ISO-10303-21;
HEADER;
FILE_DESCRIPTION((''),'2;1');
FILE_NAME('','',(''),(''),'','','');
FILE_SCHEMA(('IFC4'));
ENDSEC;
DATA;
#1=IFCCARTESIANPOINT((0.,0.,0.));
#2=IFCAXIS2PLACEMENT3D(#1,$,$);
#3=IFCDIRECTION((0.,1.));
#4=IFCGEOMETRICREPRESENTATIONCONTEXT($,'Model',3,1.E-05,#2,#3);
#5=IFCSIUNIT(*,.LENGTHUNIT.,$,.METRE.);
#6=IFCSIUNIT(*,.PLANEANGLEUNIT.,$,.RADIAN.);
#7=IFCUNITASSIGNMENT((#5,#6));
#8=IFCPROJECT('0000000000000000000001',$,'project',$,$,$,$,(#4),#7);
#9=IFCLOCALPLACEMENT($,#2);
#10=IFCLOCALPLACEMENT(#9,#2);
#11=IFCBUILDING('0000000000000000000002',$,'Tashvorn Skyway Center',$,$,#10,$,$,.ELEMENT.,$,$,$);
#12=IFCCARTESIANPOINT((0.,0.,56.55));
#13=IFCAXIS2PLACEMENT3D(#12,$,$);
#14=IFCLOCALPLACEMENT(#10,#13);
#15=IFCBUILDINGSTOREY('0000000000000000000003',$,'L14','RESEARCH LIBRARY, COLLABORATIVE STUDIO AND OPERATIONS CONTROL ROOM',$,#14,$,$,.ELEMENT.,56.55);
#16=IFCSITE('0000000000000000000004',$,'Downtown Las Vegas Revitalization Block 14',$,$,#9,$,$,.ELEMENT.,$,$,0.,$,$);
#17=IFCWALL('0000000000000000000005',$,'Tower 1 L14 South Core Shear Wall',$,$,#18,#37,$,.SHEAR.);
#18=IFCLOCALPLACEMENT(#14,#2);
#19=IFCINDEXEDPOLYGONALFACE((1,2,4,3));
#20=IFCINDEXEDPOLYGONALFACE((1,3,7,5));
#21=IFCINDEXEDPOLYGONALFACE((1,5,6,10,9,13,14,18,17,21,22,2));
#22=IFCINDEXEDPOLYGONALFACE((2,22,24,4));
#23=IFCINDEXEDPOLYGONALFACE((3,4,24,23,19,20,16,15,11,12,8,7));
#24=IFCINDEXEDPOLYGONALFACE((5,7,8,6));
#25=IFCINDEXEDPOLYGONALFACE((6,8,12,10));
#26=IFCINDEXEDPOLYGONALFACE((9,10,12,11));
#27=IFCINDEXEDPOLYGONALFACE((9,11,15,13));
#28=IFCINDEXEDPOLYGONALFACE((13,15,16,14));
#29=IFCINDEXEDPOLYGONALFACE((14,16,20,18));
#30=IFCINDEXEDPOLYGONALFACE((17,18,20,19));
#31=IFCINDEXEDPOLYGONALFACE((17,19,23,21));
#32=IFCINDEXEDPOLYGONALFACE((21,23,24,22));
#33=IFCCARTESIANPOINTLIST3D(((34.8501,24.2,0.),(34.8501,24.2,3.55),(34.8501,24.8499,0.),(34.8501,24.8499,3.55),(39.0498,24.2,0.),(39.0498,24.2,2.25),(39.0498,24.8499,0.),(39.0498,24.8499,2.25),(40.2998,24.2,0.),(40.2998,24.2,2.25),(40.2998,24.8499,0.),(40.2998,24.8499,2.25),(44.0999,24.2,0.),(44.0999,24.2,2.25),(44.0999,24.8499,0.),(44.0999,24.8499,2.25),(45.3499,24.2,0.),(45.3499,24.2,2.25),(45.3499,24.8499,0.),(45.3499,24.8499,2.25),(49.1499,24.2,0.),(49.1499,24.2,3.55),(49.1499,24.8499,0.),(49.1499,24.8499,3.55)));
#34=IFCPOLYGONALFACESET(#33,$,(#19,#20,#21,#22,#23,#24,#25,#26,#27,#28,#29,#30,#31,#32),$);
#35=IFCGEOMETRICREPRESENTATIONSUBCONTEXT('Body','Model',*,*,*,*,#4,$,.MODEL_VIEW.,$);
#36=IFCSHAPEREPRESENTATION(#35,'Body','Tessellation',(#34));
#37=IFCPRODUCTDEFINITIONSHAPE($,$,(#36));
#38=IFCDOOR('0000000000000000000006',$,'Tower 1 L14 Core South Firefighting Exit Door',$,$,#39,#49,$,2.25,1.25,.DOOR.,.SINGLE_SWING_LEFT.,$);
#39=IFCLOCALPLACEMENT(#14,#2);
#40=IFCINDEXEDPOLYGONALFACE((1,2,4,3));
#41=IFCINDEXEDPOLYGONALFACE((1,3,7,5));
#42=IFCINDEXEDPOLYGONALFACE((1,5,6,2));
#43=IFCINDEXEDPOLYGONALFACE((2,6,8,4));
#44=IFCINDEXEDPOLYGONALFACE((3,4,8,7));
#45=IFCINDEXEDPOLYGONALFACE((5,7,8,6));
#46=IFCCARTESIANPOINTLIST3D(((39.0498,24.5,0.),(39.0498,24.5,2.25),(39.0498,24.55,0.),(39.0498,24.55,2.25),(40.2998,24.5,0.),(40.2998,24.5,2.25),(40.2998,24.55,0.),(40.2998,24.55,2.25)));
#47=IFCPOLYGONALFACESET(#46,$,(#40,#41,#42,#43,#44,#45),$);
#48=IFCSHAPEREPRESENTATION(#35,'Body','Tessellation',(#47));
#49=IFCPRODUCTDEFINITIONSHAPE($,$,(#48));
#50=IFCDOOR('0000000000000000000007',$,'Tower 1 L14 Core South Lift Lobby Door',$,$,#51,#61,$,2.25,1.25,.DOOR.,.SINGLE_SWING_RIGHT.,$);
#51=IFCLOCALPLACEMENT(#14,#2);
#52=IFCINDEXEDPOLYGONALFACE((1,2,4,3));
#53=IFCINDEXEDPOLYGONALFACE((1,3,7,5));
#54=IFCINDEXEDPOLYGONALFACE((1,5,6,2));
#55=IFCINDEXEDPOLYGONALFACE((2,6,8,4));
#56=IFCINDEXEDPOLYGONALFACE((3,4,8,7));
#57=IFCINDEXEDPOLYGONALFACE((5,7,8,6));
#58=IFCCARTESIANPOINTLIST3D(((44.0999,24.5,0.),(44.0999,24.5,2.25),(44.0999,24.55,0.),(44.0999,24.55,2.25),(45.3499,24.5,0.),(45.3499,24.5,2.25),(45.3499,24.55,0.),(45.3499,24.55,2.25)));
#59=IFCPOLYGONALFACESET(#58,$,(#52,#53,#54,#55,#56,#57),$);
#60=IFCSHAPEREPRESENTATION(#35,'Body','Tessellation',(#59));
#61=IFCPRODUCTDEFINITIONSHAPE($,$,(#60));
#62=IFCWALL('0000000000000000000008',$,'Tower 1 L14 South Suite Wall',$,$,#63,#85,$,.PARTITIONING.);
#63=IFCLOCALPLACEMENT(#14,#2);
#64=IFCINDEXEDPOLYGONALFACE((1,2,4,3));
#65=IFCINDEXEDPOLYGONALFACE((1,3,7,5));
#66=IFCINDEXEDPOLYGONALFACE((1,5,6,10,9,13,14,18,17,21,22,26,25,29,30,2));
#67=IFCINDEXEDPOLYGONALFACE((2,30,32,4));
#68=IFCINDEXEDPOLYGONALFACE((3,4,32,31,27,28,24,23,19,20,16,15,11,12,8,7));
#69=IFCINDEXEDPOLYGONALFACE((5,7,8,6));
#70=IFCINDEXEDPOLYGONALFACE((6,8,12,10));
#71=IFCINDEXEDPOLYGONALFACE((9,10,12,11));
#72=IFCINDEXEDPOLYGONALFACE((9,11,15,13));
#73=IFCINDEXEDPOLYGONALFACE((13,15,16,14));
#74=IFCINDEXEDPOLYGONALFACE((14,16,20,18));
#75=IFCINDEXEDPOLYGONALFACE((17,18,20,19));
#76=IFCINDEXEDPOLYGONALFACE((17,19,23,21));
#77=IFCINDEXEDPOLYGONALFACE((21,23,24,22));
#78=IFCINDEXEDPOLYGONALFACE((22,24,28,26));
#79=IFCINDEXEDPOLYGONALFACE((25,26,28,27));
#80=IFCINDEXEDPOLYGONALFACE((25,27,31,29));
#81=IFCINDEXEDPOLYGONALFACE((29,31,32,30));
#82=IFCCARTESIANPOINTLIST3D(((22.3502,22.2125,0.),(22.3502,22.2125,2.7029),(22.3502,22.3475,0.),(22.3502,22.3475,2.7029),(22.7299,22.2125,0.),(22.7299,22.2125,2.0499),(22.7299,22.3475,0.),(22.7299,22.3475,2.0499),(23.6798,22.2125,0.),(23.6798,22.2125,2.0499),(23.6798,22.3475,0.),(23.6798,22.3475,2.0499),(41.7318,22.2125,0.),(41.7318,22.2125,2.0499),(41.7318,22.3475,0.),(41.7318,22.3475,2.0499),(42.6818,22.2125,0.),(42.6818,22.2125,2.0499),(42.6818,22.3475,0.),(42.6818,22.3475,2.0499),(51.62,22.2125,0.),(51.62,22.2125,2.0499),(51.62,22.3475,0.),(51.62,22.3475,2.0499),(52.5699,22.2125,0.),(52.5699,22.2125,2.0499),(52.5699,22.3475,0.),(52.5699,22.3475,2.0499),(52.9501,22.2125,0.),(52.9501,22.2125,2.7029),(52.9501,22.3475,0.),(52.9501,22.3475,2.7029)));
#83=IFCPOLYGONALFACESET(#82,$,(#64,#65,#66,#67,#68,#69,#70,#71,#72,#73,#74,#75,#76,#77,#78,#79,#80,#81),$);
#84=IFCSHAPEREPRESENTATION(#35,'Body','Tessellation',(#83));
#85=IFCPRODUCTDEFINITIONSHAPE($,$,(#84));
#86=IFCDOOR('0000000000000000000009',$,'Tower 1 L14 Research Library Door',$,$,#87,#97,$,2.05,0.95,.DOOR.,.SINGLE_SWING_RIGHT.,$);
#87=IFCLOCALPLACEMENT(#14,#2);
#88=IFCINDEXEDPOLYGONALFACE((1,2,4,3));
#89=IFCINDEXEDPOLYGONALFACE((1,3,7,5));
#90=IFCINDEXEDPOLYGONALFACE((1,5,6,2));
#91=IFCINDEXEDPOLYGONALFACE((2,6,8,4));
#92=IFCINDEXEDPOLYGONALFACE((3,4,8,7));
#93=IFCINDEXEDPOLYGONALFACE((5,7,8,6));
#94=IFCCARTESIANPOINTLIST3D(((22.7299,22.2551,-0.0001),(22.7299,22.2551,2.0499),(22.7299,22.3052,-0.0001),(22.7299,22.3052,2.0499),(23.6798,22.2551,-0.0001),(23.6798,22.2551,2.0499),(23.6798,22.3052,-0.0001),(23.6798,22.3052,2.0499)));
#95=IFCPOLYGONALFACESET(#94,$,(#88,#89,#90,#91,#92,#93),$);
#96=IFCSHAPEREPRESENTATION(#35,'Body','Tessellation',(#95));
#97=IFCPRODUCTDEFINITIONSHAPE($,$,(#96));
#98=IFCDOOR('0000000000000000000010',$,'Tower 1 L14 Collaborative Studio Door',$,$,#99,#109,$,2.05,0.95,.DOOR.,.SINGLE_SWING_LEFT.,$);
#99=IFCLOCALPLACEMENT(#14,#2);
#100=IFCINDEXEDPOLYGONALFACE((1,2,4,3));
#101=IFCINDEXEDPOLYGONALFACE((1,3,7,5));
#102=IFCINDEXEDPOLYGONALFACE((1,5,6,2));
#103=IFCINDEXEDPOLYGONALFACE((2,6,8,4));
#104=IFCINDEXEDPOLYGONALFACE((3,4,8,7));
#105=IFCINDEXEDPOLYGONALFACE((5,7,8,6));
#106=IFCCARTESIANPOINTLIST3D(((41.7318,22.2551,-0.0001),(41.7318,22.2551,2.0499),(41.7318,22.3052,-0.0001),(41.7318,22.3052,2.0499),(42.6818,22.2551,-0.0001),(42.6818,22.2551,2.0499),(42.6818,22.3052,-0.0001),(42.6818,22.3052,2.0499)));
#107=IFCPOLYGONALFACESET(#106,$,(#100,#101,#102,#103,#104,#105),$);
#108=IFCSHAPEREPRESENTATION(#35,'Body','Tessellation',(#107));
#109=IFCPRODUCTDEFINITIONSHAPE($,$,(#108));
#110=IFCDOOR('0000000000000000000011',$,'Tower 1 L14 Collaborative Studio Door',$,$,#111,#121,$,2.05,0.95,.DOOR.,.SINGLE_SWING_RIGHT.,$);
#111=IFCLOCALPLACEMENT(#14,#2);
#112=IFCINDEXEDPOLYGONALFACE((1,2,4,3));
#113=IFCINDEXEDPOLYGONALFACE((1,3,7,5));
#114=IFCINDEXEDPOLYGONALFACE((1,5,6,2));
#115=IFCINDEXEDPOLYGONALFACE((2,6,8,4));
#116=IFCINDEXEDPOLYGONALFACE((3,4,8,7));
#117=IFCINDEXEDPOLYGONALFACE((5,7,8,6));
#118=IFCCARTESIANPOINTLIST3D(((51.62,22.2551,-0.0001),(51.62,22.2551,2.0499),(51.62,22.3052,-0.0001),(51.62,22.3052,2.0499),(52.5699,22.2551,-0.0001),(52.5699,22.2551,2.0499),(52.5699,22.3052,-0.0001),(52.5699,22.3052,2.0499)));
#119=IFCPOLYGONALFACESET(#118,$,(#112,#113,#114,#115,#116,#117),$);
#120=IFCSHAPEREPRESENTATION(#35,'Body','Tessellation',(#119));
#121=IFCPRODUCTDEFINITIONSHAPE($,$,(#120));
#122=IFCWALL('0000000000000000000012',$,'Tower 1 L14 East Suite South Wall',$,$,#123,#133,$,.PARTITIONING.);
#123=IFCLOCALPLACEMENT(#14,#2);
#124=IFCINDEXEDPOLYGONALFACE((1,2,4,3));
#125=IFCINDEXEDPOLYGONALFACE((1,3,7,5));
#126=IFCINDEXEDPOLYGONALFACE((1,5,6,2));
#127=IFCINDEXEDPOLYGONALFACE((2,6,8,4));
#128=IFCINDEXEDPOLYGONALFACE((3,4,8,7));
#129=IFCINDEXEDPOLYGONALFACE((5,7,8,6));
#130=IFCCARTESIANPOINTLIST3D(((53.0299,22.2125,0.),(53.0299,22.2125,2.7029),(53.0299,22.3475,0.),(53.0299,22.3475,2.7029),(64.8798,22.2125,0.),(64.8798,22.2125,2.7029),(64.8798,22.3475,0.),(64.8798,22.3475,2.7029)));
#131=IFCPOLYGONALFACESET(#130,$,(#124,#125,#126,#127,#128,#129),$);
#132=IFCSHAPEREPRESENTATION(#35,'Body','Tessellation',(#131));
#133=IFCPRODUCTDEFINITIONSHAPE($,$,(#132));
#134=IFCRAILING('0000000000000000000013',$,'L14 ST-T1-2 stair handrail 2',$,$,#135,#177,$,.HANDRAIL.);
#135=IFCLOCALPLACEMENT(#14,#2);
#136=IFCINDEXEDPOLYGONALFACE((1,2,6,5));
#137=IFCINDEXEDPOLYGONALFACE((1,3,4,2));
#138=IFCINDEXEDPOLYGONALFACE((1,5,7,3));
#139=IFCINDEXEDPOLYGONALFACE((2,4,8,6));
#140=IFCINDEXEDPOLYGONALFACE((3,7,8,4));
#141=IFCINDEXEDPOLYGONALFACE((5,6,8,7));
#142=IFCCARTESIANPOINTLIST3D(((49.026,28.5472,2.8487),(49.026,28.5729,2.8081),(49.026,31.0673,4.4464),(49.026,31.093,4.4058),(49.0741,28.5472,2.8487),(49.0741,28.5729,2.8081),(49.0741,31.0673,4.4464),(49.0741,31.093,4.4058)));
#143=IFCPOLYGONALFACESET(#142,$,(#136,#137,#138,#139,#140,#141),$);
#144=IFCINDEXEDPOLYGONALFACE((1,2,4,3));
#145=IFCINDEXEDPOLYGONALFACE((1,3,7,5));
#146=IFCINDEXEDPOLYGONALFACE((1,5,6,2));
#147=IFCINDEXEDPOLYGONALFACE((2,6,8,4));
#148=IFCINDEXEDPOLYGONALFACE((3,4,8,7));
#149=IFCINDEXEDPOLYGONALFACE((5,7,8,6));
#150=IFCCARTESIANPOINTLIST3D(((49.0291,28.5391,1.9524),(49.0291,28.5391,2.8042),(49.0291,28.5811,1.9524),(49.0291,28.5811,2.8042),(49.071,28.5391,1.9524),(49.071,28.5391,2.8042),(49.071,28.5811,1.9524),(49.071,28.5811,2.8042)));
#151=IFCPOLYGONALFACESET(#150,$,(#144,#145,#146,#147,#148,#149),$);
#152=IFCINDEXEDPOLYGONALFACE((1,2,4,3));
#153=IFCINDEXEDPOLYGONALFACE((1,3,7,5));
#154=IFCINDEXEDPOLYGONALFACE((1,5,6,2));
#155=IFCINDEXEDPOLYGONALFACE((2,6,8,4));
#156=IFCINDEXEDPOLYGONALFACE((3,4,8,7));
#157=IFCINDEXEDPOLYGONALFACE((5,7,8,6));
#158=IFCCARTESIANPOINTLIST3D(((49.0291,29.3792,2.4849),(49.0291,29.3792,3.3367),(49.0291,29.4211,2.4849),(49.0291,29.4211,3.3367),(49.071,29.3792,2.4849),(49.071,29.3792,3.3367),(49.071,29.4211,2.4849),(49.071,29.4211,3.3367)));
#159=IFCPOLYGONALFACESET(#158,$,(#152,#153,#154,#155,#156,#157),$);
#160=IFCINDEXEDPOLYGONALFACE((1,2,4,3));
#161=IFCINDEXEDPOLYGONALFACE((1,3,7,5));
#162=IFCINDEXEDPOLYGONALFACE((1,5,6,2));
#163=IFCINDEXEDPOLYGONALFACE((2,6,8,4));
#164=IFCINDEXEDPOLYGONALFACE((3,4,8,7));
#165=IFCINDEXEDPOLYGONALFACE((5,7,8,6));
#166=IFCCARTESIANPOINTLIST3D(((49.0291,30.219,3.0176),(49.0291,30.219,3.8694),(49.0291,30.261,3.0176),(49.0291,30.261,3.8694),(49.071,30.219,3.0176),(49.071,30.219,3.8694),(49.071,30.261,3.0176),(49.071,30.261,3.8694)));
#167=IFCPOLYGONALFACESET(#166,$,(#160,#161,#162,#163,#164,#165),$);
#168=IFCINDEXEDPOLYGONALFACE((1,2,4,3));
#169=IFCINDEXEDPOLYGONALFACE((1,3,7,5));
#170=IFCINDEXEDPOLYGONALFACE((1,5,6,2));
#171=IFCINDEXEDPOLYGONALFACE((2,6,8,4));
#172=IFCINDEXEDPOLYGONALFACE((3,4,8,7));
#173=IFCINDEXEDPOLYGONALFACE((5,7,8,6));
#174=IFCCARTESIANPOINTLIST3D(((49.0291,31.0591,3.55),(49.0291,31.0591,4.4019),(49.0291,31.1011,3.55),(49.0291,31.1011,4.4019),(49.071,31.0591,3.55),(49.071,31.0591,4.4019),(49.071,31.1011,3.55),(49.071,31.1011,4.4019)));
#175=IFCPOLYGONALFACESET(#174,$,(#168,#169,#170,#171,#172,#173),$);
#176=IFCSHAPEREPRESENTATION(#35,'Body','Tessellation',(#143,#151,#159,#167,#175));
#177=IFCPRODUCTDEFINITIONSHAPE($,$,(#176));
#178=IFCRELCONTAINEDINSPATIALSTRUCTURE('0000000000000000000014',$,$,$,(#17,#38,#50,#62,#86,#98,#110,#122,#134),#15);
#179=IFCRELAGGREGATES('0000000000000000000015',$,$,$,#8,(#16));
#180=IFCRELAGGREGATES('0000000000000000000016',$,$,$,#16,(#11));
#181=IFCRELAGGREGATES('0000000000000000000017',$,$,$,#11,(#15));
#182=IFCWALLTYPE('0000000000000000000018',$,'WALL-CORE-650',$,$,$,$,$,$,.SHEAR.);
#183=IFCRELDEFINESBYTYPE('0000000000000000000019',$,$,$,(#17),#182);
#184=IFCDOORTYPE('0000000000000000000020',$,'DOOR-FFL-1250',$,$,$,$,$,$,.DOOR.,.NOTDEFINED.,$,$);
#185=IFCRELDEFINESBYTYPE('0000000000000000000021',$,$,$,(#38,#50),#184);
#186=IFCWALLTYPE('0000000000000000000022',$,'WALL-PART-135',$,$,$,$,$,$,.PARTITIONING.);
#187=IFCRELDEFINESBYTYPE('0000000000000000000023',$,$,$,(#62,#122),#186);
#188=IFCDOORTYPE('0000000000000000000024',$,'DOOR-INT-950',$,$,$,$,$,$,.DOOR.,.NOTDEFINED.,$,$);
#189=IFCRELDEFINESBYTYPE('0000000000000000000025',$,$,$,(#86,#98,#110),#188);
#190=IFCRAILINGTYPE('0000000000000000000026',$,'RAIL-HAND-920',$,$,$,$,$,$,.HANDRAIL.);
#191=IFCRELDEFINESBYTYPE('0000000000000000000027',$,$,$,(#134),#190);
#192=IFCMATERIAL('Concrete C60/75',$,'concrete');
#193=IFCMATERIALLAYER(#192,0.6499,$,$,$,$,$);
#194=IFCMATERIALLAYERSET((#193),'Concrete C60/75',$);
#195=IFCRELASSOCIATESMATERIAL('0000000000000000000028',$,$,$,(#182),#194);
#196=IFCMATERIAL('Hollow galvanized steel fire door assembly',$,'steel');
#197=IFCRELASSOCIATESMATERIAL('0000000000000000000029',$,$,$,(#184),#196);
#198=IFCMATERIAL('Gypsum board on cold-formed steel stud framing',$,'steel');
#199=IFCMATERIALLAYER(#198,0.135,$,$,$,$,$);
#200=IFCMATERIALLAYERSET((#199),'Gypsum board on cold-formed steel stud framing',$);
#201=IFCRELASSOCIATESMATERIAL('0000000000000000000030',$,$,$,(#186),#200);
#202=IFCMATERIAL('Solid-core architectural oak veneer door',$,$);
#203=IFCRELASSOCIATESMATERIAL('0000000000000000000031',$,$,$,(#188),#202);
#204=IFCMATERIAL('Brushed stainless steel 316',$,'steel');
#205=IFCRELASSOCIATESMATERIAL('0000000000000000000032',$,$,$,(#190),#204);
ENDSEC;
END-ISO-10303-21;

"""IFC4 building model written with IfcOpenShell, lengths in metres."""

from ifc_helpers import new_model, si_unit, direction, frame, frame_2d, origin, origin_2d, place, context, subcontext, project, spatial, rectangle, extrude, material, layer, layer_set, type_object, element, fill, save


model = new_model("IFC4")

# Units and contexts
model_context = context("Model", 3, precision=1e-05, world=origin(), true_north=direction((0.0, 1.0)))
body_context = subcontext(model_context, "Body", "Model", "MODEL_VIEW")
ifc_project = project(units=[si_unit("LENGTHUNIT", "METRE"), si_unit("PLANEANGLEUNIT", "RADIAN")], contexts=[model_context])

# Site, building, storey
site_placement = place(None, origin())
site = spatial("IfcSite", under=ifc_project, at=site_placement, Name="Downtown Las Vegas Revitalization Block 14", CompositionType="ELEMENT", RefElevation=0.0)
building_placement = place(site_placement, origin())
building = spatial("IfcBuilding", under=site, at=building_placement, Name="Tashvorn Skyway Center", CompositionType="ELEMENT")
storey_placement = place(building_placement, frame((0.0, 0.0, 56.55)))
storey = spatial("IfcBuildingStorey", under=building, at=storey_placement, Name="L14", Description="RESEARCH LIBRARY, COLLABORATIVE STUDIO AND OPERATIONS CONTROL ROOM", CompositionType="ELEMENT", Elevation=56.55)

# Walls, openings, doors
ifc_material_1 = material(Name="Concrete C60/75", Category="concrete")
ifc_layer_1 = layer(ifc_material_1, 0.6499)
ifc_layer_set_1 = layer_set([ifc_layer_1], Name="Concrete C60/75")
wall_type_1 = type_object("IfcWallType", Name="WALL-CORE-650", PredefinedType="SHEAR", material=ifc_layer_set_1)
wall_1_placement = place(storey_placement, frame((49.1499, 24.5249, 0.0), z_axis=(0.0, 0.0, 1.0), x_axis=(-1.0, 0.0, 0.0)))
wall_1 = element("IfcWall", 1, at=wall_1_placement, inside=storey, type_object=wall_type_1, Name="Tower 1 L14 South Core Shear Wall", PredefinedType="SHEAR", context=body_context, shape_type="SweptSolid", body=[
    extrude(rectangle(XDim=14.2998, YDim=0.6499, at=frame_2d((7.1499, 0.0))), origin(), (0.0, 0.0, 1.0), 3.55),
])
opening_1_placement = place(wall_1_placement, frame((8.8501, 0.0, 0.0)))
opening_1 = element("IfcOpeningElement", 2, at=opening_1_placement, cuts=wall_1, PredefinedType="OPENING", context=body_context, shape_type="SweptSolid", body=[
    extrude(rectangle(XDim=1.25, YDim=2.25, at=frame_2d((0.625, 1.125))), frame((0.0, 0.335, 0.0), z_axis=(0.0, -1.0, 0.0), x_axis=(1.0, 0.0, 0.0)), (0.0, 0.0, 1.0), 0.6699),
])
opening_2_placement = place(wall_1_placement, frame((3.8, 0.0, 0.0)))
opening_2 = element("IfcOpeningElement", 3, at=opening_2_placement, cuts=wall_1, PredefinedType="OPENING", context=body_context, shape_type="SweptSolid", body=[
    extrude(rectangle(XDim=1.25, YDim=2.25, at=frame_2d((0.625, 1.125))), frame((0.0, 0.335, 0.0), z_axis=(0.0, -1.0, 0.0), x_axis=(1.0, 0.0, 0.0)), (0.0, 0.0, 1.0), 0.6699),
])
ifc_material_2 = material(Name="Hollow galvanized steel fire door assembly", Category="steel")
door_type_1 = type_object("IfcDoorType", Name="DOOR-FFL-1250", OperationType="NOTDEFINED", PredefinedType="DOOR", material=ifc_material_2)
door_1_placement = place(opening_1_placement, origin())
door_1 = element("IfcDoor", 4, at=door_1_placement, inside=storey, type_object=door_type_1, Name="Tower 1 L14 Core South Firefighting Exit Door", OperationType="SINGLE_SWING_LEFT", OverallHeight=2.25, OverallWidth=1.25, PredefinedType="DOOR", context=body_context, shape_type="SweptSolid", body=[
    extrude(rectangle(XDim=1.25, YDim=2.25, at=frame_2d((0.625, 1.125))), frame((0.0, 0.0249, 0.0), z_axis=(0.0, -1.0, 0.0), x_axis=(1.0, 0.0, 0.0)), (0.0, 0.0, 1.0), 0.05),
])
fill(opening_1, door_1)
door_2_placement = place(opening_2_placement, origin())
door_2 = element("IfcDoor", 5, at=door_2_placement, inside=storey, type_object=door_type_1, Name="Tower 1 L14 Core South Lift Lobby Door", OperationType="SINGLE_SWING_RIGHT", OverallHeight=2.25, OverallWidth=1.25, PredefinedType="DOOR", context=body_context, shape_type="SweptSolid", body=[
    extrude(rectangle(XDim=1.25, YDim=2.25, at=frame_2d((0.625, 1.125))), frame((0.0, 0.0249, 0.0), z_axis=(0.0, -1.0, 0.0), x_axis=(1.0, 0.0, 0.0)), (0.0, 0.0, 1.0), 0.05),
])
fill(opening_2, door_2)
ifc_material_3 = material(Name="Gypsum board on cold-formed steel stud framing", Category="steel")
ifc_layer_2 = layer(ifc_material_3, 0.135)
ifc_layer_set_2 = layer_set([ifc_layer_2], Name="Gypsum board on cold-formed steel stud framing")
wall_type_2 = type_object("IfcWallType", Name="WALL-PART-135", PredefinedType="PARTITIONING", material=ifc_layer_set_2)
wall_2_placement = place(storey_placement, frame((52.95, 22.28, 0.0), z_axis=(0.0, 0.0, 1.0), x_axis=(-1.0, 0.0, 0.0)))
wall_2 = element("IfcWall", 6, at=wall_2_placement, inside=storey, type_object=wall_type_2, Name="Tower 1 L14 South Suite Wall", PredefinedType="PARTITIONING", context=body_context, shape_type="SweptSolid", body=[
    extrude(rectangle(XDim=30.5999, YDim=0.135, at=frame_2d((15.2998, 0.0))), origin(), (0.0, 0.0, 1.0), 2.7029),
])
opening_3_placement = place(wall_2_placement, frame((29.27, 0.0, 0.0)))
opening_3 = element("IfcOpeningElement", 7, at=opening_3_placement, cuts=wall_2, PredefinedType="OPENING", context=body_context, shape_type="SweptSolid", body=[
    extrude(rectangle(XDim=0.95, YDim=2.05, at=frame_2d((0.4751, 1.0249))), frame((0.0, 0.0774, 0.0), z_axis=(0.0, -1.0, 0.0), x_axis=(1.0, 0.0, 0.0)), (0.0, 0.0, 1.0), 0.155),
])
opening_4_placement = place(wall_2_placement, frame((10.2681, 0.0, 0.0)))
opening_4 = element("IfcOpeningElement", 8, at=opening_4_placement, cuts=wall_2, PredefinedType="OPENING", context=body_context, shape_type="SweptSolid", body=[
    extrude(rectangle(XDim=0.95, YDim=2.05, at=frame_2d((0.4751, 1.0249))), frame((0.0, 0.0774, 0.0), z_axis=(0.0, -1.0, 0.0), x_axis=(1.0, 0.0, 0.0)), (0.0, 0.0, 1.0), 0.155),
])
opening_5_placement = place(wall_2_placement, frame((0.3799, 0.0, 0.0)))
opening_5 = element("IfcOpeningElement", 9, at=opening_5_placement, cuts=wall_2, PredefinedType="OPENING", context=body_context, shape_type="SweptSolid", body=[
    extrude(rectangle(XDim=0.95, YDim=2.05, at=frame_2d((0.4751, 1.0249))), frame((0.0, 0.0774, 0.0), z_axis=(0.0, -1.0, 0.0), x_axis=(1.0, 0.0, 0.0)), (0.0, 0.0, 1.0), 0.155),
])
ifc_material_4 = material(Name="Solid-core architectural oak veneer door")
door_type_2 = type_object("IfcDoorType", Name="DOOR-INT-950", OperationType="NOTDEFINED", PredefinedType="DOOR", material=ifc_material_4)
door_3_placement = place(opening_3_placement, origin())
door_3 = element("IfcDoor", 10, at=door_3_placement, inside=storey, type_object=door_type_2, Name="Tower 1 L14 Research Library Door", OperationType="SINGLE_SWING_RIGHT", OverallHeight=2.05, OverallWidth=0.95, PredefinedType="DOOR", context=body_context, shape_type="SweptSolid", body=[
    extrude(rectangle(XDim=0.95, YDim=2.05, at=frame_2d((0.4751, 1.0249))), frame((0.0, 0.0249, 0.0), z_axis=(0.0, -1.0, 0.0), x_axis=(1.0, 0.0, 0.0)), (0.0, 0.0, 1.0), 0.05),
])
fill(opening_3, door_3)
door_4_placement = place(opening_4_placement, origin())
door_4 = element("IfcDoor", 11, at=door_4_placement, inside=storey, type_object=door_type_2, Name="Tower 1 L14 Collaborative Studio Door", OperationType="SINGLE_SWING_LEFT", OverallHeight=2.05, OverallWidth=0.95, PredefinedType="DOOR", context=body_context, shape_type="SweptSolid", body=[
    extrude(rectangle(XDim=0.95, YDim=2.05, at=frame_2d((0.4751, 1.0249))), frame((0.0, 0.0249, 0.0), z_axis=(0.0, -1.0, 0.0), x_axis=(1.0, 0.0, 0.0)), (0.0, 0.0, 1.0), 0.05),
])
fill(opening_4, door_4)
door_5_placement = place(opening_5_placement, origin())
door_5 = element("IfcDoor", 12, at=door_5_placement, inside=storey, type_object=door_type_2, Name="Tower 1 L14 Collaborative Studio Door", OperationType="SINGLE_SWING_RIGHT", OverallHeight=2.05, OverallWidth=0.95, PredefinedType="DOOR", context=body_context, shape_type="SweptSolid", body=[
    extrude(rectangle(XDim=0.95, YDim=2.05, at=frame_2d((0.4751, 1.0249))), frame((0.0, 0.0249, 0.0), z_axis=(0.0, -1.0, 0.0), x_axis=(1.0, 0.0, 0.0)), (0.0, 0.0, 1.0), 0.05),
])
fill(opening_5, door_5)

# Wall
wall_3_placement = place(storey_placement, frame((53.03, 22.28, 0.0), z_axis=(0.0, 0.0, 1.0), x_axis=(1.0, 0.0, 0.0)))
element("IfcWall", 13, at=wall_3_placement, inside=storey, type_object=wall_type_2, Name="Tower 1 L14 East Suite South Wall", PredefinedType="PARTITIONING", context=body_context, shape_type="SweptSolid", body=[
    extrude(rectangle(XDim=11.8499, YDim=0.135, at=frame_2d((5.9248, 0.0))), origin(), (0.0, 0.0, 1.0), 2.7029),
])

# Railing
ifc_material_5 = material(Name="Brushed stainless steel 316", Category="steel")
railing_type_1 = type_object("IfcRailingType", Name="RAIL-HAND-920", PredefinedType="HANDRAIL", material=ifc_material_5)
railing_1_placement = place(storey_placement, frame((49.05, 28.5601, 1.9524)))
element("IfcRailing", 14, at=railing_1_placement, inside=storey, type_object=railing_type_1, Name="L14 ST-T1-2 stair handrail 2", PredefinedType="HANDRAIL", context=body_context, shape_type="SweptSolid", body=[
    extrude(rectangle(XDim=0.0481, YDim=0.0481, at=origin_2d()), frame((0.0, 0.0, 0.876), z_axis=(0.0, 0.84457, 0.535445), x_axis=(-1.0, 0.0, 0.0)), (0.0, 0.0, 1.0), 2.9839),
    extrude(rectangle(XDim=0.042, YDim=0.042, at=origin_2d()), origin(), (0.0, 0.0, 1.0), 0.8518),
    extrude(rectangle(XDim=0.042, YDim=0.042, at=origin_2d()), frame((0.0, 0.8401, 0.5325)), (0.0, 0.0, 1.0), 0.8518),
    extrude(rectangle(XDim=0.042, YDim=0.042, at=origin_2d()), frame((0.0, 1.6799, 1.0652)), (0.0, 0.0, 1.0), 0.8518),
    extrude(rectangle(XDim=0.042, YDim=0.042, at=origin_2d()), frame((0.0, 2.52, 1.5977)), (0.0, 0.0, 1.0), 0.8518),
])

save(model, "model.ifc")
